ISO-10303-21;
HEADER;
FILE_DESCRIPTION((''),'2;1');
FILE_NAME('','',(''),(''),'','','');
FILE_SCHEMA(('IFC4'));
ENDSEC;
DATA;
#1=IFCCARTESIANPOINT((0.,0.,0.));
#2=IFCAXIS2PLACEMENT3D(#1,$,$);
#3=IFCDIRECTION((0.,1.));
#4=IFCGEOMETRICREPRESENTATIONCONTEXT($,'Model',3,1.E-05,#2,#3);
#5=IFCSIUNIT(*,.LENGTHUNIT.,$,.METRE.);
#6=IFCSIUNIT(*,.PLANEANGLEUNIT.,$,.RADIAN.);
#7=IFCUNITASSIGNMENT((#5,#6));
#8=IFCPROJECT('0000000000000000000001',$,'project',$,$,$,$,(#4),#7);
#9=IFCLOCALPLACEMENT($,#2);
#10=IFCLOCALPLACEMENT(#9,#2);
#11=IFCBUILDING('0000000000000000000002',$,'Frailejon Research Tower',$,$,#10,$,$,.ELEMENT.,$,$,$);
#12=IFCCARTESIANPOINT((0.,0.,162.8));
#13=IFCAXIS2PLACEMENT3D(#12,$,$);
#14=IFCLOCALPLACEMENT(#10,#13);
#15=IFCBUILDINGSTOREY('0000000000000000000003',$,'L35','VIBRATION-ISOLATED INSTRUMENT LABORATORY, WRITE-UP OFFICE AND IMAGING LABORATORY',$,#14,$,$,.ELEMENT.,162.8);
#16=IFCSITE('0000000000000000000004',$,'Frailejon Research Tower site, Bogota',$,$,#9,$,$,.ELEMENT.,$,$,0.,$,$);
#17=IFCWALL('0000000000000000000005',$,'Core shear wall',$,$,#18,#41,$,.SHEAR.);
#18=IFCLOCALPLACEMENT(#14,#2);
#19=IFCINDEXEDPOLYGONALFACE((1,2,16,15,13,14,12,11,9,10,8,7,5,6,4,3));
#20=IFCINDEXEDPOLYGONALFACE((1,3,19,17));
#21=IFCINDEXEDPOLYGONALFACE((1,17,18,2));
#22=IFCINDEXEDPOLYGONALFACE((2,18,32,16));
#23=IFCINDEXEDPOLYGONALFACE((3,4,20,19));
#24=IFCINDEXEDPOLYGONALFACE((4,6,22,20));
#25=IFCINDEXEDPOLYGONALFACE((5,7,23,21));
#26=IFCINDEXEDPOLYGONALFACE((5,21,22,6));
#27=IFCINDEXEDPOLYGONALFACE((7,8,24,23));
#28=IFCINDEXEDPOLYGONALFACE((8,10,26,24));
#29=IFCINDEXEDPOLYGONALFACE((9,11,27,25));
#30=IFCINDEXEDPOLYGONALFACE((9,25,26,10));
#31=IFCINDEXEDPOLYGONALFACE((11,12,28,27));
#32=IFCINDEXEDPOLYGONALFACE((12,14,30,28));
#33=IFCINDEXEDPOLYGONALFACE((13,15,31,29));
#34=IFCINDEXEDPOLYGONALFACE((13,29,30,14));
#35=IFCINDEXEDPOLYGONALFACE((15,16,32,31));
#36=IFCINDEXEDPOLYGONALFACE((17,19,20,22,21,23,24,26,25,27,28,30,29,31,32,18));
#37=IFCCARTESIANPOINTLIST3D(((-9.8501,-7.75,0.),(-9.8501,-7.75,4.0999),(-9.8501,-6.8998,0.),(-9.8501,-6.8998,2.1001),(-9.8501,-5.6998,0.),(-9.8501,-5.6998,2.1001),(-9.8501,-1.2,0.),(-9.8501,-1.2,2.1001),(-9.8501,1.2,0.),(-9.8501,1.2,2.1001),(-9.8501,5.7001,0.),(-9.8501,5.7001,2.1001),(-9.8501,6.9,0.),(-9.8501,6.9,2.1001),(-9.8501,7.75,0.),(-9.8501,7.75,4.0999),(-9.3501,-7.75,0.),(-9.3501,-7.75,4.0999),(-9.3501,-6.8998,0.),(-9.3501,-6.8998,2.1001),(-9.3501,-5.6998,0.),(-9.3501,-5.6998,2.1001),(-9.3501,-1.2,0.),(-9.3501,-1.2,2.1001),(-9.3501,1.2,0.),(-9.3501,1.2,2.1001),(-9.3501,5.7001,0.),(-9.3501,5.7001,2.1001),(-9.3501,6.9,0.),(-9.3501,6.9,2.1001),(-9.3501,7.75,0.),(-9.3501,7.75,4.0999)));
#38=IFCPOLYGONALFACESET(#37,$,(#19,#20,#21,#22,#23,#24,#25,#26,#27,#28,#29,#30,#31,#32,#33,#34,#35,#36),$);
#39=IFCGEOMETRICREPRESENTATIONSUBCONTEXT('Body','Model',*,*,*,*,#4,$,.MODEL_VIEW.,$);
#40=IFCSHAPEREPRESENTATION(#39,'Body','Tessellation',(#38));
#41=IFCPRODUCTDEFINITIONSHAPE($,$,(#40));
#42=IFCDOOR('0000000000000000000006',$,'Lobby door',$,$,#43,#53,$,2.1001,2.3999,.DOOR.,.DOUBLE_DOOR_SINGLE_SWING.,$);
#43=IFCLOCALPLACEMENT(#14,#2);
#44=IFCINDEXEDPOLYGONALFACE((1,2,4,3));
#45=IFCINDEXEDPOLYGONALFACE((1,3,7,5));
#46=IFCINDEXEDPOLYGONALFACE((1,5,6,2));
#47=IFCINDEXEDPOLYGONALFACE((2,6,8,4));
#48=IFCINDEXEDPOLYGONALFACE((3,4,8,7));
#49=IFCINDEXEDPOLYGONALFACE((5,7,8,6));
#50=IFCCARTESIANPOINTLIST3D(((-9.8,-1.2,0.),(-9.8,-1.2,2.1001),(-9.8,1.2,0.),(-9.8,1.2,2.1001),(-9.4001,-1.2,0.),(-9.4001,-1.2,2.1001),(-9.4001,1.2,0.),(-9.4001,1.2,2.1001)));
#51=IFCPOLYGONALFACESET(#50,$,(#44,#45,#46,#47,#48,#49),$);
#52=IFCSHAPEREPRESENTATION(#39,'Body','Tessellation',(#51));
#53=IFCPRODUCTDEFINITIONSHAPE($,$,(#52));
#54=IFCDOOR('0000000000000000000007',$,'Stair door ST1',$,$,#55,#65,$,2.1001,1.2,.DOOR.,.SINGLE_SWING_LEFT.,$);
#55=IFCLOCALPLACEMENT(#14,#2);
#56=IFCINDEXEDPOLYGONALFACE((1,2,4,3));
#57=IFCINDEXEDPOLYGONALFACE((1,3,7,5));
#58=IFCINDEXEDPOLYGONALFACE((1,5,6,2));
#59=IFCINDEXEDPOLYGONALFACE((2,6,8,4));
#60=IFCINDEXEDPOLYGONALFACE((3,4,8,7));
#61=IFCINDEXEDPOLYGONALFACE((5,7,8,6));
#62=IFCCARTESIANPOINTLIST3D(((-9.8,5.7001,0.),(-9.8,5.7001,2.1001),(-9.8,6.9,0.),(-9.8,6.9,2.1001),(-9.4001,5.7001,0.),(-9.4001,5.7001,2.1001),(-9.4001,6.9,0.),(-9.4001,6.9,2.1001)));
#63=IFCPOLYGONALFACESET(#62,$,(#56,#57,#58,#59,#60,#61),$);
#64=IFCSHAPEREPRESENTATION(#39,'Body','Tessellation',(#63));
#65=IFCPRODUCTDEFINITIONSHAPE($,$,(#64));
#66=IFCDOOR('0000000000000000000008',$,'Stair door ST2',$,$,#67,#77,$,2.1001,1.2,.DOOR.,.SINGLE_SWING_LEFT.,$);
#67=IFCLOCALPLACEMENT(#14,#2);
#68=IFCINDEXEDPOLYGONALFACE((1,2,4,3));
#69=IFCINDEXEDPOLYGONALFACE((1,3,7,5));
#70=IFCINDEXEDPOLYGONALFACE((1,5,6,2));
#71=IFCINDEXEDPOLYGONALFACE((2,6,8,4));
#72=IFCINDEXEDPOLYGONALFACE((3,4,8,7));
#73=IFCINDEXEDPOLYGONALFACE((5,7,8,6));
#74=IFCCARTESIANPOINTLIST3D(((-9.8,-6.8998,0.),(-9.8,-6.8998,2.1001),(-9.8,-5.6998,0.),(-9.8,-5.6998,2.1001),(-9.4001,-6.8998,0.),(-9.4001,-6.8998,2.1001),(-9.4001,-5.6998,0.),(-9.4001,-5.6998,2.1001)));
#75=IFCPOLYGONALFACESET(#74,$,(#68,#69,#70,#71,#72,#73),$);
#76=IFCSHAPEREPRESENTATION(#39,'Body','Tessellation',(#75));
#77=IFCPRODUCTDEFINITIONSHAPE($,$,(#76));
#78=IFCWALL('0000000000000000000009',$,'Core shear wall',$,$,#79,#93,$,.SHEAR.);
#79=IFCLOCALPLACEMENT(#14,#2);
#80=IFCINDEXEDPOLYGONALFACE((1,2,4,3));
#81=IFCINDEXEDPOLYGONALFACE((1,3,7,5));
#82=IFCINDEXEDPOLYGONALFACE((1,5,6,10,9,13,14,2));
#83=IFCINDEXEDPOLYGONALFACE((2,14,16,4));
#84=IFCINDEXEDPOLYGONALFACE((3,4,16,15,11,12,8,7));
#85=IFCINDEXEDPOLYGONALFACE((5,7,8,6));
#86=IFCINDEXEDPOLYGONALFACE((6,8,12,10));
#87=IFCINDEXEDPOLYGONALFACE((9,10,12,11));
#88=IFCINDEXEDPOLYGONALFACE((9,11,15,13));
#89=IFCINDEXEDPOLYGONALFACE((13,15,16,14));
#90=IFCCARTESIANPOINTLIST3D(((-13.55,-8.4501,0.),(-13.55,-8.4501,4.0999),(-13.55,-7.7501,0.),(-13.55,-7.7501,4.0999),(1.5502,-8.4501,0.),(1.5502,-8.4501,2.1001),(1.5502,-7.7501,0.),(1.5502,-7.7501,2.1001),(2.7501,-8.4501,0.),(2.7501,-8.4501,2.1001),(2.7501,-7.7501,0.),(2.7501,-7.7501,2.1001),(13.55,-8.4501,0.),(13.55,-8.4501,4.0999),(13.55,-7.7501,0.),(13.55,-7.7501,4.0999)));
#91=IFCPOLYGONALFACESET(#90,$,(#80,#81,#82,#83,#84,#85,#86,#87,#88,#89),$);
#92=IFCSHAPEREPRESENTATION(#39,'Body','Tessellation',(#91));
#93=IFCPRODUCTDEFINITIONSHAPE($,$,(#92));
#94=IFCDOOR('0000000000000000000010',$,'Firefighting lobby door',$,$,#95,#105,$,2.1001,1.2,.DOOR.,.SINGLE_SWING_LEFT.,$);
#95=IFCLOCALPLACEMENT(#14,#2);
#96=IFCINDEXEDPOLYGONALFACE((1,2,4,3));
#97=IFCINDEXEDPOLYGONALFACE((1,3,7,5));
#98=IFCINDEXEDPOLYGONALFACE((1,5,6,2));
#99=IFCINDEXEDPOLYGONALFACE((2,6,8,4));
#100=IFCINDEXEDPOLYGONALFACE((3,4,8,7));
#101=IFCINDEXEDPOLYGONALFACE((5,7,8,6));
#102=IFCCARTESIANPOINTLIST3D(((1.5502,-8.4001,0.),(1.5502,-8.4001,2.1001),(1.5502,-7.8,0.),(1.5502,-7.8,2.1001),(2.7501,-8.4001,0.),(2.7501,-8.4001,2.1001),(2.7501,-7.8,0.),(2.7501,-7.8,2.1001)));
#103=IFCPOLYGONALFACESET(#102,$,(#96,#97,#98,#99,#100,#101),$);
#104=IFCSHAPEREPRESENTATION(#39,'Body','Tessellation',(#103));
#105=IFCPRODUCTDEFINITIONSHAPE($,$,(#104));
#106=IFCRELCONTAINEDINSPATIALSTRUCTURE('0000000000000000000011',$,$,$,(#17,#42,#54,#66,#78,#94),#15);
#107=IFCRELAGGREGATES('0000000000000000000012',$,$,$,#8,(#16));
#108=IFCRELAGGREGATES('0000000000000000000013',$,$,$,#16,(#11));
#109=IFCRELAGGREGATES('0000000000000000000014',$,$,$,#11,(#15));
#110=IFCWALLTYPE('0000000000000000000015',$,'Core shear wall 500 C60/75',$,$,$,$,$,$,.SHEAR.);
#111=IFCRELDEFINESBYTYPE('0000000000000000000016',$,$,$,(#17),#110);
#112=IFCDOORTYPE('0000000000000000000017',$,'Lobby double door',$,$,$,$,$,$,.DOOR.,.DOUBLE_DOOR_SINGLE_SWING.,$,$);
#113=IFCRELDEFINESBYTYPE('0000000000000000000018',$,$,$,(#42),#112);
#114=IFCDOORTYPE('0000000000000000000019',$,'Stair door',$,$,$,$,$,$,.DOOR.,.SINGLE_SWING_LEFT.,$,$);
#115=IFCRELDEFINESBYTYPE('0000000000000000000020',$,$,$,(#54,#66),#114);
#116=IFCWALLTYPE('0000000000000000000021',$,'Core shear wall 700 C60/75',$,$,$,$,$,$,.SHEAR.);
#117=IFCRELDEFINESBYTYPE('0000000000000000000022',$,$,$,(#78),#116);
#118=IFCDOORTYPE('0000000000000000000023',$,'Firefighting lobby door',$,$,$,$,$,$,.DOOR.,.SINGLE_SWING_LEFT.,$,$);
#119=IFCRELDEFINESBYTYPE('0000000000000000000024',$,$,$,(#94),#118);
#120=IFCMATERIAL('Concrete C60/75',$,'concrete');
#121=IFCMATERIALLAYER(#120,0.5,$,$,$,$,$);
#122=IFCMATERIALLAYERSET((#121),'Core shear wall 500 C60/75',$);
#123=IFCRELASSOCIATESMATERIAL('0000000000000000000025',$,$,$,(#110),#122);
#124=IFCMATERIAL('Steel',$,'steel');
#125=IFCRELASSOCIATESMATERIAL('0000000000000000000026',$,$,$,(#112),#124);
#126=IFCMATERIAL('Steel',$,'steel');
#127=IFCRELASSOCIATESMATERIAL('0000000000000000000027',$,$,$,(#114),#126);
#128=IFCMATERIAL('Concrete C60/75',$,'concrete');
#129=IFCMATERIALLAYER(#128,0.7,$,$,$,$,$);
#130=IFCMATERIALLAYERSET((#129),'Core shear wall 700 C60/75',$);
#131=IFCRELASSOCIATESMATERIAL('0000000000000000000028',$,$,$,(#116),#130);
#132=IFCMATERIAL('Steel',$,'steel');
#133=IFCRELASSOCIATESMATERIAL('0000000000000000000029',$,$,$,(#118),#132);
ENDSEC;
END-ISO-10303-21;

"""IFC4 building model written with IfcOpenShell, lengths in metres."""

from ifc_helpers import new_model, si_unit, direction, frame, frame_2d, origin, place, context, subcontext, project, spatial, rectangle, extrude, material, layer, layer_set, type_object, element, fill, save


model = new_model("IFC4")

# Units and contexts
model_context = context("Model", 3, precision=1e-05, world=origin(), true_north=direction((0.0, 1.0)))
body_context = subcontext(model_context, "Body", "Model", "MODEL_VIEW")
ifc_project = project(units=[si_unit("LENGTHUNIT", "METRE"), si_unit("PLANEANGLEUNIT", "RADIAN")], contexts=[model_context])

# Site, building, storey
site_placement = place(None, origin())
site = spatial("IfcSite", under=ifc_project, at=site_placement, Name="Frailejon Research Tower site, Bogota", CompositionType="ELEMENT", RefElevation=0.0)
building_placement = place(site_placement, origin())
building = spatial("IfcBuilding", under=site, at=building_placement, Name="Frailejon Research Tower", CompositionType="ELEMENT")
storey_placement = place(building_placement, frame((0.0, 0.0, 162.8)))
storey = spatial("IfcBuildingStorey", under=building, at=storey_placement, Name="L35", Description="VIBRATION-ISOLATED INSTRUMENT LABORATORY, WRITE-UP OFFICE AND IMAGING LABORATORY", CompositionType="ELEMENT", Elevation=162.8)

# Wall, openings, doors
ifc_material_1 = material(Name="Concrete C60/75", Category="concrete")
ifc_layer_1 = layer(ifc_material_1, 0.5)
ifc_layer_set_1 = layer_set([ifc_layer_1], Name="Core shear wall 500 C60/75")
wall_type_1 = type_object("IfcWallType", Name="Core shear wall 500 C60/75", PredefinedType="SHEAR", material=ifc_layer_set_1)
wall_1_placement = place(storey_placement, frame((-9.6001, -7.75, 0.0), z_axis=(0.0, 0.0, 1.0), x_axis=(0.0, 1.0, 0.0)))
wall_1 = element("IfcWall", 1, at=wall_1_placement, inside=storey, type_object=wall_type_1, Name="Core shear wall", PredefinedType="SHEAR", context=body_context, shape_type="SweptSolid", body=[
    extrude(rectangle(XDim=15.5, YDim=0.5, at=frame_2d((7.75, 0.0))), origin(), (0.0, 0.0, 1.0), 4.0999),
])
opening_1_placement = place(wall_1_placement, frame((6.55, 0.0, 0.0)))
opening_1 = element("IfcOpeningElement", 2, at=opening_1_placement, cuts=wall_1, PredefinedType="OPENING", context=body_context, shape_type="SweptSolid", body=[
    extrude(rectangle(XDim=2.3999, YDim=2.1001, at=frame_2d((1.2, 1.05))), frame((0.0, 0.26, 0.0), z_axis=(0.0, -1.0, 0.0), x_axis=(1.0, 0.0, 0.0)), (0.0, 0.0, 1.0), 0.52),
])
opening_2_placement = place(wall_1_placement, frame((13.45, 0.0, 0.0)))
opening_2 = element("IfcOpeningElement", 3, at=opening_2_placement, cuts=wall_1, PredefinedType="OPENING", context=body_context, shape_type="SweptSolid", body=[
    extrude(rectangle(XDim=1.2, YDim=2.1001, at=frame_2d((0.6001, 1.05))), frame((0.0, 0.26, 0.0), z_axis=(0.0, -1.0, 0.0), x_axis=(1.0, 0.0, 0.0)), (0.0, 0.0, 1.0), 0.52),
])
opening_3_placement = place(wall_1_placement, frame((0.8501, 0.0, 0.0)))
opening_3 = element("IfcOpeningElement", 4, at=opening_3_placement, cuts=wall_1, PredefinedType="OPENING", context=body_context, shape_type="SweptSolid", body=[
    extrude(rectangle(XDim=1.2, YDim=2.1001, at=frame_2d((0.6001, 1.05))), frame((0.0, 0.26, 0.0), z_axis=(0.0, -1.0, 0.0), x_axis=(1.0, 0.0, 0.0)), (0.0, 0.0, 1.0), 0.52),
])
ifc_material_2 = material(Name="Steel", Category="steel")
door_type_1 = type_object("IfcDoorType", Name="Lobby double door", OperationType="DOUBLE_DOOR_SINGLE_SWING", PredefinedType="DOOR", material=ifc_material_2)
door_1_placement = place(opening_1_placement, origin())
door_1 = element("IfcDoor", 5, at=door_1_placement, inside=storey, type_object=door_type_1, Name="Lobby door", OperationType="DOUBLE_DOOR_SINGLE_SWING", OverallHeight=2.1001, OverallWidth=2.3999, PredefinedType="DOOR", context=body_context, shape_type="SweptSolid", body=[
    extrude(rectangle(XDim=2.3999, YDim=2.1001, at=frame_2d((1.2, 1.05))), frame((0.0, 0.2, 0.0), z_axis=(0.0, -1.0, 0.0), x_axis=(1.0, 0.0, 0.0)), (0.0, 0.0, 1.0), 0.3999),
])
fill(opening_1, door_1)
ifc_material_3 = material(Name="Steel", Category="steel")
door_type_2 = type_object("IfcDoorType", Name="Stair door", OperationType="SINGLE_SWING_LEFT", PredefinedType="DOOR", material=ifc_material_3)
door_2_placement = place(opening_2_placement, origin())
door_2 = element("IfcDoor", 6, at=door_2_placement, inside=storey, type_object=door_type_2, Name="Stair door ST1", OperationType="SINGLE_SWING_LEFT", OverallHeight=2.1001, OverallWidth=1.2, PredefinedType="DOOR", context=body_context, shape_type="SweptSolid", body=[
    extrude(rectangle(XDim=1.2, YDim=2.1001, at=frame_2d((0.6001, 1.05))), frame((0.0, 0.2, 0.0), z_axis=(0.0, -1.0, 0.0), x_axis=(1.0, 0.0, 0.0)), (0.0, 0.0, 1.0), 0.3999),
])
fill(opening_2, door_2)
door_3_placement = place(opening_3_placement, origin())
door_3 = element("IfcDoor", 7, at=door_3_placement, inside=storey, type_object=door_type_2, Name="Stair door ST2", OperationType="SINGLE_SWING_LEFT", OverallHeight=2.1001, OverallWidth=1.2, PredefinedType="DOOR", context=body_context, shape_type="SweptSolid", body=[
    extrude(rectangle(XDim=1.2, YDim=2.1001, at=frame_2d((0.6001, 1.05))), frame((0.0, 0.2, 0.0), z_axis=(0.0, -1.0, 0.0), x_axis=(1.0, 0.0, 0.0)), (0.0, 0.0, 1.0), 0.3999),
])
fill(opening_3, door_3)

# Wall, opening, door
ifc_material_4 = material(Name="Concrete C60/75", Category="concrete")
ifc_layer_2 = layer(ifc_material_4, 0.7)
ifc_layer_set_2 = layer_set([ifc_layer_2], Name="Core shear wall 700 C60/75")
wall_type_2 = type_object("IfcWallType", Name="Core shear wall 700 C60/75", PredefinedType="SHEAR", material=ifc_layer_set_2)
wall_2_placement = place(storey_placement, frame((-13.55, -8.1001, 0.0), z_axis=(0.0, 0.0, 1.0), x_axis=(1.0, 0.0, 0.0)))
wall_2 = element("IfcWall", 8, at=wall_2_placement, inside=storey, type_object=wall_type_2, Name="Core shear wall", PredefinedType="SHEAR", context=body_context, shape_type="SweptSolid", body=[
    extrude(rectangle(XDim=27.1001, YDim=0.7, at=frame_2d((13.55, 0.0))), origin(), (0.0, 0.0, 1.0), 4.0999),
])
opening_4_placement = place(wall_2_placement, frame((15.1001, 0.0, 0.0)))
opening_4 = element("IfcOpeningElement", 9, at=opening_4_placement, cuts=wall_2, PredefinedType="OPENING", context=body_context, shape_type="SweptSolid", body=[
    extrude(rectangle(XDim=1.2, YDim=2.1001, at=frame_2d((0.6001, 1.05))), frame((0.0, 0.3599, 0.0), z_axis=(0.0, -1.0, 0.0), x_axis=(1.0, 0.0, 0.0)), (0.0, 0.0, 1.0), 0.72),
])
ifc_material_5 = material(Name="Steel", Category="steel")
door_type_3 = type_object("IfcDoorType", Name="Firefighting lobby door", OperationType="SINGLE_SWING_LEFT", PredefinedType="DOOR", material=ifc_material_5)
door_4_placement = place(opening_4_placement, origin())
door_4 = element("IfcDoor", 10, at=door_4_placement, inside=storey, type_object=door_type_3, Name="Firefighting lobby door", OperationType="SINGLE_SWING_LEFT", OverallHeight=2.1001, OverallWidth=1.2, PredefinedType="DOOR", context=body_context, shape_type="SweptSolid", body=[
    extrude(rectangle(XDim=1.2, YDim=2.1001, at=frame_2d((0.6001, 1.05))), frame((0.0, 0.3, 0.0), z_axis=(0.0, -1.0, 0.0), x_axis=(1.0, 0.0, 0.0)), (0.0, 0.0, 1.0), 0.6001),
])
fill(opening_4, door_4)

save(model, "model.ifc")
